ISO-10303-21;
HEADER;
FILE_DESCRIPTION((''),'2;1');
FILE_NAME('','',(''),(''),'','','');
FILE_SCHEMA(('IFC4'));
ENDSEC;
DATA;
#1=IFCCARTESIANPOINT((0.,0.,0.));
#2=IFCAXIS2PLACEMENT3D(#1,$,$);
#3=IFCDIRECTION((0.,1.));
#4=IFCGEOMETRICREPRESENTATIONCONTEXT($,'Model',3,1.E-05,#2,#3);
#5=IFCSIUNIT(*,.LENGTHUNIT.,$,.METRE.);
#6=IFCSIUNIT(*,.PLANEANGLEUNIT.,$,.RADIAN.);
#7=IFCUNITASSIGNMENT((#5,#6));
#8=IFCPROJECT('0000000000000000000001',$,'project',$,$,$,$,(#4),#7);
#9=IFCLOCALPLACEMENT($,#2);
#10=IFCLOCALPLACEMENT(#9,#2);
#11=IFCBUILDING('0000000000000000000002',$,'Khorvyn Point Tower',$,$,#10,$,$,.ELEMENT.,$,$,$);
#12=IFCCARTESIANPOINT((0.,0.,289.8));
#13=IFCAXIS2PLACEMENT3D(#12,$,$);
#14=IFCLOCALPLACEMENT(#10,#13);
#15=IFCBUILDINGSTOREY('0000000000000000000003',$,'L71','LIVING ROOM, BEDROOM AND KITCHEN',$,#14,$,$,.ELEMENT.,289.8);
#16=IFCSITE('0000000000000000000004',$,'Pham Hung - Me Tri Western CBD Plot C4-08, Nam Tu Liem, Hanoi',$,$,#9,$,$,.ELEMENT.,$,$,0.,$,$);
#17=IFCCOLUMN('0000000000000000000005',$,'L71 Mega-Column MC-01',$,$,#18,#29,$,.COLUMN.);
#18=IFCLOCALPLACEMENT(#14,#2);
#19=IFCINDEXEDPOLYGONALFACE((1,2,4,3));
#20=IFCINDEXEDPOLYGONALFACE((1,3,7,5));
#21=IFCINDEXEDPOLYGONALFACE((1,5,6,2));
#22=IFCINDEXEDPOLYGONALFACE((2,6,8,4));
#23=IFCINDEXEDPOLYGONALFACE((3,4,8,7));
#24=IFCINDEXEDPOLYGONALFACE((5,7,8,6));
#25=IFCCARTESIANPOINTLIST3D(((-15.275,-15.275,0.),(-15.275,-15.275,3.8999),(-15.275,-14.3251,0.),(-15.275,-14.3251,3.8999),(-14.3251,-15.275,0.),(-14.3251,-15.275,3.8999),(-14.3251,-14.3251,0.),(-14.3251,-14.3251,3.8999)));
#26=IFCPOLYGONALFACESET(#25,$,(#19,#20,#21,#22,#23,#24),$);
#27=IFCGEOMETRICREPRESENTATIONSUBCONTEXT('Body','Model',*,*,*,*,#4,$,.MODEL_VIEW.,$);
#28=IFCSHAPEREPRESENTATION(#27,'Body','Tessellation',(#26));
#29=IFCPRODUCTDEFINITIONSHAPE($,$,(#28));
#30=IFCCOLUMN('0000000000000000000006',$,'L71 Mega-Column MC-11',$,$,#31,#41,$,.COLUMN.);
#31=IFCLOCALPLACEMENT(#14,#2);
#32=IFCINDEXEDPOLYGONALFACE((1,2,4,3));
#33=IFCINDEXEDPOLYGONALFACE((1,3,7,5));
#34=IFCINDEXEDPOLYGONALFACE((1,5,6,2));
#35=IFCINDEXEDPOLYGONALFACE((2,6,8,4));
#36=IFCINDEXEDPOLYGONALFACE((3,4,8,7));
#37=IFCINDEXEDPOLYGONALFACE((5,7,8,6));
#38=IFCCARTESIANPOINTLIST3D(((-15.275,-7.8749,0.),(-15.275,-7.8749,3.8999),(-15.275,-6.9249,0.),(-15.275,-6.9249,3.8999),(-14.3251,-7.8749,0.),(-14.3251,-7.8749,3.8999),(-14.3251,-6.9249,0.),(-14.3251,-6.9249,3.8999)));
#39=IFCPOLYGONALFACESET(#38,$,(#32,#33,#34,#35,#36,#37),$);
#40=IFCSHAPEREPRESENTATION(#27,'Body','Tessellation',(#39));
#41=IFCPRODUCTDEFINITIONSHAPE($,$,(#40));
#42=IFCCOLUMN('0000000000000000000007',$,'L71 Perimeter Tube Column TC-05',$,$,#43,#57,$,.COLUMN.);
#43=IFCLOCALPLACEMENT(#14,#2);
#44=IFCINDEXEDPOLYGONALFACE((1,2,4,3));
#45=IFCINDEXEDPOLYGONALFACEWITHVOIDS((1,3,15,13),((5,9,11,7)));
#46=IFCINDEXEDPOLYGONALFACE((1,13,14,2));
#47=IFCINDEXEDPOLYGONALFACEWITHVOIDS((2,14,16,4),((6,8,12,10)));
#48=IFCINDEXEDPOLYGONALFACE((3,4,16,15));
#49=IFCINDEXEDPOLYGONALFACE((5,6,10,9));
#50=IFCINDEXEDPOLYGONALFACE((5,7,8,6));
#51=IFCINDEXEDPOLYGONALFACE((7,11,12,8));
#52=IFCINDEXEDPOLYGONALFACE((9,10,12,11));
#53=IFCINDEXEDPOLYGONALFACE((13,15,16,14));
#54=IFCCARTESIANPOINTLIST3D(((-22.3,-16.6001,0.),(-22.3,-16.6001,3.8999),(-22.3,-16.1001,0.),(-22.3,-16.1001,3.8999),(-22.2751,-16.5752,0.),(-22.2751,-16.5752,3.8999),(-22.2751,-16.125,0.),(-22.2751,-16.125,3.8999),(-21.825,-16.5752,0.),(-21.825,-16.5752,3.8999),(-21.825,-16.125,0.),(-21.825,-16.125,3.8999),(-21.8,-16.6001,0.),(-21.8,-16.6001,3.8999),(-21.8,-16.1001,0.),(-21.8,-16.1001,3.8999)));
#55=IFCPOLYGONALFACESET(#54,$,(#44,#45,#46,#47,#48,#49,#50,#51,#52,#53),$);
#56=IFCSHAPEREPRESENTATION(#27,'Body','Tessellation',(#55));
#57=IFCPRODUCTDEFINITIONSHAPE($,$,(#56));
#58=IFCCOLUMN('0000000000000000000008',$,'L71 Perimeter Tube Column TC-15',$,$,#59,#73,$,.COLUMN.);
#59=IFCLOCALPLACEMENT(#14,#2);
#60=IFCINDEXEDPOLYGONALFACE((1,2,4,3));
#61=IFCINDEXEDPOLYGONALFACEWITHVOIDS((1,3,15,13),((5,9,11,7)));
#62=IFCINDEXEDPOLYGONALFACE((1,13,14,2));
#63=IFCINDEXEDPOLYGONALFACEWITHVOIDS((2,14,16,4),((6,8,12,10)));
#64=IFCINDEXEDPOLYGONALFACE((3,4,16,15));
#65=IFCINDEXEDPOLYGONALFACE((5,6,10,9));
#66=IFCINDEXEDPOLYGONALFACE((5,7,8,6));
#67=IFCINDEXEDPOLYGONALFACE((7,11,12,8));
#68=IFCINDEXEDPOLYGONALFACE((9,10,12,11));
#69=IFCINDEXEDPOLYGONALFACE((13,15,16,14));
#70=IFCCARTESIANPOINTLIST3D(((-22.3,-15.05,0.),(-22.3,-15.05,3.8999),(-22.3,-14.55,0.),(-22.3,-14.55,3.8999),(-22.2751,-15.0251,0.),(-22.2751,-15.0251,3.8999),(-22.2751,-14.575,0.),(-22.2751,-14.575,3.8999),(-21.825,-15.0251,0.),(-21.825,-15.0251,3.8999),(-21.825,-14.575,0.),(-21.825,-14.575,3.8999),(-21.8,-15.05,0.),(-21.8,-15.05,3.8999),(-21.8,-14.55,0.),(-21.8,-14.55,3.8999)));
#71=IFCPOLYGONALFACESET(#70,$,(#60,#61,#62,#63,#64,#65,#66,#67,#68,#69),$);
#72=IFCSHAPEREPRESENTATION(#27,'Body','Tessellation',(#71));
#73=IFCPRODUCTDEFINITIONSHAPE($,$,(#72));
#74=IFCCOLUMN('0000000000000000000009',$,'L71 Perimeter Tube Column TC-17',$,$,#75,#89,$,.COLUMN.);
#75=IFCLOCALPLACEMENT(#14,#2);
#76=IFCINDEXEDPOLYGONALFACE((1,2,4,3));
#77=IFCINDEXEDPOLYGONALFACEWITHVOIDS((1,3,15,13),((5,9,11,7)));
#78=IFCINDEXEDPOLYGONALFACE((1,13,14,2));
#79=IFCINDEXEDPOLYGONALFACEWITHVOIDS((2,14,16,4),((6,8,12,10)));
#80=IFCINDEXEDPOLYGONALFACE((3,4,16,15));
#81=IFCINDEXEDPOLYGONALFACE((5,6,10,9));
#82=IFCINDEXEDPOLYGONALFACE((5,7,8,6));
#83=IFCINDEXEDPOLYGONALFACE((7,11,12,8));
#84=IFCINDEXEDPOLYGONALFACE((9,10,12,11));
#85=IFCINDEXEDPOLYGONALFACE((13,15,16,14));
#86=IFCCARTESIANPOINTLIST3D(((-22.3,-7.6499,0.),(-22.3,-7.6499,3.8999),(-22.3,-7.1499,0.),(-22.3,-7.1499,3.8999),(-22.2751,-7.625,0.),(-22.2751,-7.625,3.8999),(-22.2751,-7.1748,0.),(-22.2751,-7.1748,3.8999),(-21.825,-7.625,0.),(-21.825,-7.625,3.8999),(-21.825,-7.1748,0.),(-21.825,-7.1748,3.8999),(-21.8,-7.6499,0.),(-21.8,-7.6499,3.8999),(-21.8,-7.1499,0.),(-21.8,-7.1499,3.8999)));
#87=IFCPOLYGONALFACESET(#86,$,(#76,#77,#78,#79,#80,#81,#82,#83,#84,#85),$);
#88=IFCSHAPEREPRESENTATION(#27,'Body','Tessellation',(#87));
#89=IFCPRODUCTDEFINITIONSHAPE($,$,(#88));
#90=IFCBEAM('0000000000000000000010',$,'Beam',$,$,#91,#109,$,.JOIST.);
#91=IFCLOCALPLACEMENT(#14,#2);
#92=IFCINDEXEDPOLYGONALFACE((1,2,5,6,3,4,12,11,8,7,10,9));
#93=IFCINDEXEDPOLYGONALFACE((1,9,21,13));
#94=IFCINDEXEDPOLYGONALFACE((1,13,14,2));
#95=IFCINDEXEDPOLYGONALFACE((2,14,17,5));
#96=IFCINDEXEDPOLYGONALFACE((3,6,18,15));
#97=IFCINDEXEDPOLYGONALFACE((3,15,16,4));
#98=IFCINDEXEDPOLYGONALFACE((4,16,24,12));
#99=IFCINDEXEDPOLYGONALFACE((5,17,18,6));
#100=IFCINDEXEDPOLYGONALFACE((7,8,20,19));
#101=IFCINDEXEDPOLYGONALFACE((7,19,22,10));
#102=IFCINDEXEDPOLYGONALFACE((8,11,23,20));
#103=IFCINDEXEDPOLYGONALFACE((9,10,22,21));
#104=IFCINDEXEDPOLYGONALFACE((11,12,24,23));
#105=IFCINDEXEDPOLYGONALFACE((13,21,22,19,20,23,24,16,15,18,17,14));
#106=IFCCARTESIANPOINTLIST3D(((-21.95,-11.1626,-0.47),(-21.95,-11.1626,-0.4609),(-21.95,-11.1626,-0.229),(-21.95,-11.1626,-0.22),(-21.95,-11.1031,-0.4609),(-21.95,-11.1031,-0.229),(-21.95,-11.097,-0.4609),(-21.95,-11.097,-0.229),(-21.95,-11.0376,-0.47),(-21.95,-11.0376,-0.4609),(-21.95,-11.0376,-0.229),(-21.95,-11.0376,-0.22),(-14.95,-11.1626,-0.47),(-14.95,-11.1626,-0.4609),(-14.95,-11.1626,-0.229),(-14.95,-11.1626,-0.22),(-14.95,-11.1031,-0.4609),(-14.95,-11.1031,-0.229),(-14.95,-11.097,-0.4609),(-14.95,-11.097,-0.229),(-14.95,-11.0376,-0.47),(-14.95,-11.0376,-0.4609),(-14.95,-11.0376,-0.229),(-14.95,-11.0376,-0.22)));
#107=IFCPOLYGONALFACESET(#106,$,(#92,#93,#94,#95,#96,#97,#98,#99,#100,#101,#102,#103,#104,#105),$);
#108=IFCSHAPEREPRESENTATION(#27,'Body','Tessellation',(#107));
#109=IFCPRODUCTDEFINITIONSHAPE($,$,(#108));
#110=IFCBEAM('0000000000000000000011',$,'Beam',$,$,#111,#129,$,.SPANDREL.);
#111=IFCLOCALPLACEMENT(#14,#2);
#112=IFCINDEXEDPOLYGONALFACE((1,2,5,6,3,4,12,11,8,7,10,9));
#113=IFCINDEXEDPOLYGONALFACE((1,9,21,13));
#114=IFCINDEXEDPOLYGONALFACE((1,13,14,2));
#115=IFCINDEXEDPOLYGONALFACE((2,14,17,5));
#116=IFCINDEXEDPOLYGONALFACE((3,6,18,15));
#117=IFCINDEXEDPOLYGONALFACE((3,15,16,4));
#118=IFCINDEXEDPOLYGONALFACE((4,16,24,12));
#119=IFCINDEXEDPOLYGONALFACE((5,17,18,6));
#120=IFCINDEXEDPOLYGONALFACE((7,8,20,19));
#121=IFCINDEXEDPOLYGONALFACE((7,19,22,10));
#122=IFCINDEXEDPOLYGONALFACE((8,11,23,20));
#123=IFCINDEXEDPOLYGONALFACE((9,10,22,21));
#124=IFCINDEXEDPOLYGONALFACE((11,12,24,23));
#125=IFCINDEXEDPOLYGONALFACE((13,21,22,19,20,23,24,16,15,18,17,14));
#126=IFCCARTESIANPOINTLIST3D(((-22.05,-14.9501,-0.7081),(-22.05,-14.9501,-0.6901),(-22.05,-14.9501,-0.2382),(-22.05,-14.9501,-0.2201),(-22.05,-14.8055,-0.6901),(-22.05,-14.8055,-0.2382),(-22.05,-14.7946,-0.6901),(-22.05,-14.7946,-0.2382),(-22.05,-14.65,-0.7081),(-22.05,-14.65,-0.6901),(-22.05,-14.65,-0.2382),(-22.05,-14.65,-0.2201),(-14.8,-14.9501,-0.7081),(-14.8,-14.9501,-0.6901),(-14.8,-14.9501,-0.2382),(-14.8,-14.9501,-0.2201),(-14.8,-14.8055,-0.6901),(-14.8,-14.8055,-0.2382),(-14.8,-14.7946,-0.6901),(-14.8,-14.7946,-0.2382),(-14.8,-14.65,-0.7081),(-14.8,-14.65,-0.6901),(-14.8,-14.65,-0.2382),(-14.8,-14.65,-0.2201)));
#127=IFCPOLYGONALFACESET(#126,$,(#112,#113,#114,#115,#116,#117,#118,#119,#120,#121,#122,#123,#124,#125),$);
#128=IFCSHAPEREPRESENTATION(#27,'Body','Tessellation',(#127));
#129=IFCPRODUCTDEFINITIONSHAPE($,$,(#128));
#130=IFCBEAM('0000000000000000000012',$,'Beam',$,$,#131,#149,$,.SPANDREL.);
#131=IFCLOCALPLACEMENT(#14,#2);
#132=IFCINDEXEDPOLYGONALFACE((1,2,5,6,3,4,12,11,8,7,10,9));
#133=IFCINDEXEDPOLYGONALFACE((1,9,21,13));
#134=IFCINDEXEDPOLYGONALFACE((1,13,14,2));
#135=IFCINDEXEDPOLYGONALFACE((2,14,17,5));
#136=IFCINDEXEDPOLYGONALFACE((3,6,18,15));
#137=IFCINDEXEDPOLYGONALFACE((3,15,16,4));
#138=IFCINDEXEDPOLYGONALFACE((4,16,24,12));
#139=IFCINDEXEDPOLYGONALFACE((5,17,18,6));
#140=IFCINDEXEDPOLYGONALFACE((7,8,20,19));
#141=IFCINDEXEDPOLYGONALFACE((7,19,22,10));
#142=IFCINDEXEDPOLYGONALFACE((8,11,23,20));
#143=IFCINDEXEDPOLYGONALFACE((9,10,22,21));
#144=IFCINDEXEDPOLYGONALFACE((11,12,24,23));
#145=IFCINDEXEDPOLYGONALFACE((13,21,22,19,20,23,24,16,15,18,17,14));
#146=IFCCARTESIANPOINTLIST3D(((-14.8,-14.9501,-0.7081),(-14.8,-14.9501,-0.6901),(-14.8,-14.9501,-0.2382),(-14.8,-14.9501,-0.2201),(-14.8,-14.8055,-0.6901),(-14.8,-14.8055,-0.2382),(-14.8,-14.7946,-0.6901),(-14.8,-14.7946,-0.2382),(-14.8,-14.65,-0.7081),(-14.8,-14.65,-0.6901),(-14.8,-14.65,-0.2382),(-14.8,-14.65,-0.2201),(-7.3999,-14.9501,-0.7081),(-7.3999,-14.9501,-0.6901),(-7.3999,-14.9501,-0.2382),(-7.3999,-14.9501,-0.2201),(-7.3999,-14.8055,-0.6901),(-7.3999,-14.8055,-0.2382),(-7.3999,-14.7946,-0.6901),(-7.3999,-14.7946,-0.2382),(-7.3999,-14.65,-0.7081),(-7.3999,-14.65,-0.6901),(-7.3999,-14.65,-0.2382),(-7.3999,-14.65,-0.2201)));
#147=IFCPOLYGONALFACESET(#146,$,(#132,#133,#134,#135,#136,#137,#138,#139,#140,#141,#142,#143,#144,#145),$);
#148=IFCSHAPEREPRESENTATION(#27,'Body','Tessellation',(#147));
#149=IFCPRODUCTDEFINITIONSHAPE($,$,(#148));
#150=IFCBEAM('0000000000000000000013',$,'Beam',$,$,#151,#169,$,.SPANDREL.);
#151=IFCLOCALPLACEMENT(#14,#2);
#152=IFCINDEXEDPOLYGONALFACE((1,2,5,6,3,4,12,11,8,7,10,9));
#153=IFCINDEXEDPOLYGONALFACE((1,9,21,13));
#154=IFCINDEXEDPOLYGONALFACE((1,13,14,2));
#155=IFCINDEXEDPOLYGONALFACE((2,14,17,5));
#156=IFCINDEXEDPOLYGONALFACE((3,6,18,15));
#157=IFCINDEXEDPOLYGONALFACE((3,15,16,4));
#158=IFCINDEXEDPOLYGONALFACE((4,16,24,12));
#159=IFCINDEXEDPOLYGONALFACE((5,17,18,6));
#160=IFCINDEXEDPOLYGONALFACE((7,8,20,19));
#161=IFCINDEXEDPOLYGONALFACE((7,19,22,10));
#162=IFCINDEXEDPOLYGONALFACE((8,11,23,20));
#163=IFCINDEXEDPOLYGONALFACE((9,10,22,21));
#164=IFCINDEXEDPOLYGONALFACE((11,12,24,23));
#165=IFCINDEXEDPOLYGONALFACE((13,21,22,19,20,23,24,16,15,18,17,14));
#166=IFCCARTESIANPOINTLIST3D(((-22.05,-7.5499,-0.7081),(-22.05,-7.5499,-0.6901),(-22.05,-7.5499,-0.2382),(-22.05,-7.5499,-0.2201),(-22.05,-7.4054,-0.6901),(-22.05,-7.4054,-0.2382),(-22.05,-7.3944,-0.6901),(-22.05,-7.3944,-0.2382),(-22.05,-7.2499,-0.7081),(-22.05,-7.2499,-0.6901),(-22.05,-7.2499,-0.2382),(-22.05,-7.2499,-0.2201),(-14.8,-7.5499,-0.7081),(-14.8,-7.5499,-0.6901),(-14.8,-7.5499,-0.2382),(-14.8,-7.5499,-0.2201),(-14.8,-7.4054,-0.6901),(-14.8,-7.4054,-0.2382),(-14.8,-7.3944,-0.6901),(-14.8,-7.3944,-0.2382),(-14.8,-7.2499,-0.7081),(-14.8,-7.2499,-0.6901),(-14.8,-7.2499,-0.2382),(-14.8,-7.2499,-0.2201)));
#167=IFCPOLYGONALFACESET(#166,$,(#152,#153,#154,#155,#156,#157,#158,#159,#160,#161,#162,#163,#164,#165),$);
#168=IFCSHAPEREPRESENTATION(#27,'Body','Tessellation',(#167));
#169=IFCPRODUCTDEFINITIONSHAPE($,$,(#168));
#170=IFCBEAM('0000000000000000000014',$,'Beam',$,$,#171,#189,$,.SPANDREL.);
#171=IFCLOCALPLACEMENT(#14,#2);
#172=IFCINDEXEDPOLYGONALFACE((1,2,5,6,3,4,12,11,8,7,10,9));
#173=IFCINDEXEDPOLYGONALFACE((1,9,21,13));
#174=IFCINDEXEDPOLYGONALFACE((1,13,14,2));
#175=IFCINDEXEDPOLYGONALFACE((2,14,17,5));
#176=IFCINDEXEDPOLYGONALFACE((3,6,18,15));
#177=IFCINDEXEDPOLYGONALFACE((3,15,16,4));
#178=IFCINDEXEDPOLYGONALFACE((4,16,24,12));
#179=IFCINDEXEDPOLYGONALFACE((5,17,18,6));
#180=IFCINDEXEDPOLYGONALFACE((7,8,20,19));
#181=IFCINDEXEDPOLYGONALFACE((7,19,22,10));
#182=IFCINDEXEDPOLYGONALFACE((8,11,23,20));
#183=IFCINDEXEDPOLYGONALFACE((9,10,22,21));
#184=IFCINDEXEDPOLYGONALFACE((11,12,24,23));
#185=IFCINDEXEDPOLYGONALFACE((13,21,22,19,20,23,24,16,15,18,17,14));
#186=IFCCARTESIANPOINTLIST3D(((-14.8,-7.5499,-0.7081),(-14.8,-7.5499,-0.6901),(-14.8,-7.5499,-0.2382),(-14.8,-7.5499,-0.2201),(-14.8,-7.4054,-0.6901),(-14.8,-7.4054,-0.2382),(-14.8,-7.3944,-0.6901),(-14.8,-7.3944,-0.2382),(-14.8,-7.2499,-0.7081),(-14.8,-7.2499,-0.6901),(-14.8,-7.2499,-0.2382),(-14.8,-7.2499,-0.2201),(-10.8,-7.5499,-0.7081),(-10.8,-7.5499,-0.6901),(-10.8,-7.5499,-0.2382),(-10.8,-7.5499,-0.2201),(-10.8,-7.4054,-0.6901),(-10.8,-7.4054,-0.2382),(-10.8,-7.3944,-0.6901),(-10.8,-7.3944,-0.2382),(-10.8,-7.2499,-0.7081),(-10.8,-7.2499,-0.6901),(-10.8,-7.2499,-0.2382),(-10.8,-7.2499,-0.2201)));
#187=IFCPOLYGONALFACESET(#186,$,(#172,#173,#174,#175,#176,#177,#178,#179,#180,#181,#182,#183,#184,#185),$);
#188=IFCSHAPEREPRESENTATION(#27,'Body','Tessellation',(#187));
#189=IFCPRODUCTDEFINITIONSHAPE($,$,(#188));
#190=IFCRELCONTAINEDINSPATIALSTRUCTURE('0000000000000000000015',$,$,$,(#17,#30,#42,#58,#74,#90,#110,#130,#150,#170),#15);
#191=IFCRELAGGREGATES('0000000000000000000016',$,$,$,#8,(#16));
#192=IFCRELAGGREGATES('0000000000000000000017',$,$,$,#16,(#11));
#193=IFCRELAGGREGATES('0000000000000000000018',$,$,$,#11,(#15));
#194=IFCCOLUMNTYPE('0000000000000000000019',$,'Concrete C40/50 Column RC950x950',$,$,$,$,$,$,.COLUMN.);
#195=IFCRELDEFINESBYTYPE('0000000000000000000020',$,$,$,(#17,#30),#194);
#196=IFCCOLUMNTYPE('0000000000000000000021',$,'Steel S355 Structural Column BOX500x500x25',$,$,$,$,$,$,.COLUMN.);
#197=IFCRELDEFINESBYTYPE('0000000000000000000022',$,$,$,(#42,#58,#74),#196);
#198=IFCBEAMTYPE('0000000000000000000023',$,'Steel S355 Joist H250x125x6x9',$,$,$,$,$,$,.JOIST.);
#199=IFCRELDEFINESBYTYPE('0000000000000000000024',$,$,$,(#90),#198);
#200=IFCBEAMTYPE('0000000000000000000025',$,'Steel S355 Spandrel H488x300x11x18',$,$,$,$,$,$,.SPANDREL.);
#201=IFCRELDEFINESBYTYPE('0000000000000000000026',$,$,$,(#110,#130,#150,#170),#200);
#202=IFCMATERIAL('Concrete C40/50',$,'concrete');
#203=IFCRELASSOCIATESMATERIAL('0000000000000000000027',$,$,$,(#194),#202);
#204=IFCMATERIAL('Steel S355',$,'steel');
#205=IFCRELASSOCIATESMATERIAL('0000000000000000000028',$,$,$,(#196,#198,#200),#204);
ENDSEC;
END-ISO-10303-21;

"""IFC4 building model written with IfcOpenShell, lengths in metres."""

from ifc_helpers import new_model, si_unit, direction, frame, origin, origin_2d, place, context, subcontext, project, spatial, rectangle, hollow_rectangle, i_section, extrude, material, material_profile, profile_set, type_object, element, save


model = new_model("IFC4")

# Units and contexts
model_context = context("Model", 3, precision=1e-05, world=origin(), true_north=direction((0.0, 1.0)))
body_context = subcontext(model_context, "Body", "Model", "MODEL_VIEW")
ifc_project = project(units=[si_unit("LENGTHUNIT", "METRE"), si_unit("PLANEANGLEUNIT", "RADIAN")], contexts=[model_context])

# Site, building, storey
site_placement = place(None, origin())
site = spatial("IfcSite", under=ifc_project, at=site_placement, Name="Pham Hung - Me Tri Western CBD Plot C4-08, Nam Tu Liem, Hanoi", CompositionType="ELEMENT", RefElevation=0.0)
building_placement = place(site_placement, origin())
building = spatial("IfcBuilding", under=site, at=building_placement, Name="Khorvyn Point Tower", CompositionType="ELEMENT")
storey_placement = place(building_placement, frame((0.0, 0.0, 289.8)))
storey = spatial("IfcBuildingStorey", under=building, at=storey_placement, Name="L71", Description="LIVING ROOM, BEDROOM AND KITCHEN", CompositionType="ELEMENT", Elevation=289.8)

# Columns
ifc_material_1 = material(Name="Concrete C40/50", Category="concrete")
ifc_material_profile_1 = material_profile(ifc_material_1, rectangle(XDim=0.95, YDim=0.95, at=origin_2d()))
ifc_profile_set_1 = profile_set([ifc_material_profile_1], Name="Concrete C40/50 RC950x950")
column_type_1 = type_object("IfcColumnType", Name="Concrete C40/50 Column RC950x950", PredefinedType="COLUMN", material=ifc_profile_set_1)
for number, where, z_axis, x_axis, name in (
    (1, (-14.8, -14.8, 0.0), (0.0, 0.0, 1.0), (1.0, 0.0, 0.0), "L71 Mega-Column MC-01"),
    (2, (-14.8, -7.3999, 0.0), (0.0, 0.0, 1.0), (1.0, 0.0, 0.0), "L71 Mega-Column MC-11"),
):
    element("IfcColumn", number, at=place(storey_placement, frame(where, z_axis=z_axis, x_axis=x_axis)), inside=storey, type_object=column_type_1, Name=name, PredefinedType="COLUMN", context=body_context, shape_type="SweptSolid", body=[
        extrude(rectangle(XDim=0.95, YDim=0.95, at=origin_2d()), origin(), (0.0, 0.0, 1.0), 3.8999),
    ])
ifc_material_2 = material(Name="Steel S355", Category="steel")
ifc_material_profile_2 = material_profile(ifc_material_2, hollow_rectangle(XDim=0.5, YDim=0.5, WallThickness=0.0249, at=origin_2d()))
ifc_profile_set_2 = profile_set([ifc_material_profile_2], Name="Steel S355 BOX500x500x25")
column_type_2 = type_object("IfcColumnType", Name="Steel S355 Structural Column BOX500x500x25", PredefinedType="COLUMN", material=ifc_profile_set_2)
for number, where, z_axis, x_axis, name in (
    (3, (-22.05, -16.3501, 0.0), (0.0, 0.0, 1.0), (1.0, 0.0, 0.0), "L71 Perimeter Tube Column TC-05"),
    (4, (-22.05, -14.8, 0.0), (0.0, 0.0, 1.0), (1.0, 0.0, 0.0), "L71 Perimeter Tube Column TC-15"),
    (5, (-22.05, -7.3999, 0.0), (0.0, 0.0, 1.0), (1.0, 0.0, 0.0), "L71 Perimeter Tube Column TC-17"),
):
    element("IfcColumn", number, at=place(storey_placement, frame(where, z_axis=z_axis, x_axis=x_axis)), inside=storey, type_object=column_type_2, Name=name, PredefinedType="COLUMN", context=body_context, shape_type="SweptSolid", body=[
        extrude(hollow_rectangle(XDim=0.5, YDim=0.5, WallThickness=0.0249, at=origin_2d()), origin(), (0.0, 0.0, 1.0), 3.8999),
    ])

# Beams
ifc_material_profile_3 = material_profile(ifc_material_2, i_section(OverallWidth=0.125, OverallDepth=0.25, WebThickness=0.0061, FlangeThickness=0.009, at=origin_2d()))
ifc_profile_set_3 = profile_set([ifc_material_profile_3], Name="Steel S355 H250x125x6x9")
beam_type_1 = type_object("IfcBeamType", Name="Steel S355 Joist H250x125x6x9", PredefinedType="JOIST", material=ifc_profile_set_3)
beam_1_placement = place(storey_placement, frame((-21.95, -11.1001, -0.345), z_axis=(1.0, 0.0, 0.0), x_axis=(0.0, 1.0, 0.0)))
element("IfcBeam", 6, at=beam_1_placement, inside=storey, type_object=beam_type_1, Name="Beam", PredefinedType="JOIST", context=body_context, shape_type="SweptSolid", body=[
    extrude(i_section(OverallWidth=0.125, OverallDepth=0.25, WebThickness=0.0061, FlangeThickness=0.009, at=origin_2d()), origin(), (0.0, 0.0, 1.0), 7.0),
])
ifc_material_profile_4 = material_profile(ifc_material_2, i_section(OverallWidth=0.3, OverallDepth=0.488, WebThickness=0.011, FlangeThickness=0.0181, at=origin_2d()))
ifc_profile_set_4 = profile_set([ifc_material_profile_4], Name="Steel S355 H488x300x11x18")
beam_type_2 = type_object("IfcBeamType", Name="Steel S355 Spandrel H488x300x11x18", PredefinedType="SPANDREL", material=ifc_profile_set_4)
beam_2_placement = place(storey_placement, frame((-22.05, -14.8, -0.4641), z_axis=(1.0, 0.0, 0.0), x_axis=(0.0, 1.0, 0.0)))
element("IfcBeam", 7, at=beam_2_placement, inside=storey, type_object=beam_type_2, Name="Beam", PredefinedType="SPANDREL", context=body_context, shape_type="SweptSolid", body=[
    extrude(i_section(OverallWidth=0.3, OverallDepth=0.488, WebThickness=0.011, FlangeThickness=0.0181, at=origin_2d()), origin(), (0.0, 0.0, 1.0), 7.25),
])
beam_3_placement = place(storey_placement, frame((-14.8, -14.8, -0.4641), z_axis=(1.0, 0.0, 0.0), x_axis=(0.0, 1.0, 0.0)))
element("IfcBeam", 8, at=beam_3_placement, inside=storey, type_object=beam_type_2, Name="Beam", PredefinedType="SPANDREL", context=body_context, shape_type="SweptSolid", body=[
    extrude(i_section(OverallWidth=0.3, OverallDepth=0.488, WebThickness=0.011, FlangeThickness=0.0181, at=origin_2d()), origin(), (0.0, 0.0, 1.0), 7.4001),
])
beam_4_placement = place(storey_placement, frame((-22.05, -7.3999, -0.4641), z_axis=(1.0, 0.0, 0.0), x_axis=(0.0, 1.0, 0.0)))
element("IfcBeam", 9, at=beam_4_placement, inside=storey, type_object=beam_type_2, Name="Beam", PredefinedType="SPANDREL", context=body_context, shape_type="SweptSolid", body=[
    extrude(i_section(OverallWidth=0.3, OverallDepth=0.488, WebThickness=0.011, FlangeThickness=0.0181, at=origin_2d()), origin(), (0.0, 0.0, 1.0), 7.25),
])
beam_5_placement = place(storey_placement, frame((-14.8, -7.3999, -0.4641), z_axis=(1.0, 0.0, 0.0), x_axis=(0.0, 1.0, 0.0)))
element("IfcBeam", 10, at=beam_5_placement, inside=storey, type_object=beam_type_2, Name="Beam", PredefinedType="SPANDREL", context=body_context, shape_type="SweptSolid", body=[
    extrude(i_section(OverallWidth=0.3, OverallDepth=0.488, WebThickness=0.011, FlangeThickness=0.0181, at=origin_2d()), origin(), (0.0, 0.0, 1.0), 4.0),
])

save(model, "model.ifc")
